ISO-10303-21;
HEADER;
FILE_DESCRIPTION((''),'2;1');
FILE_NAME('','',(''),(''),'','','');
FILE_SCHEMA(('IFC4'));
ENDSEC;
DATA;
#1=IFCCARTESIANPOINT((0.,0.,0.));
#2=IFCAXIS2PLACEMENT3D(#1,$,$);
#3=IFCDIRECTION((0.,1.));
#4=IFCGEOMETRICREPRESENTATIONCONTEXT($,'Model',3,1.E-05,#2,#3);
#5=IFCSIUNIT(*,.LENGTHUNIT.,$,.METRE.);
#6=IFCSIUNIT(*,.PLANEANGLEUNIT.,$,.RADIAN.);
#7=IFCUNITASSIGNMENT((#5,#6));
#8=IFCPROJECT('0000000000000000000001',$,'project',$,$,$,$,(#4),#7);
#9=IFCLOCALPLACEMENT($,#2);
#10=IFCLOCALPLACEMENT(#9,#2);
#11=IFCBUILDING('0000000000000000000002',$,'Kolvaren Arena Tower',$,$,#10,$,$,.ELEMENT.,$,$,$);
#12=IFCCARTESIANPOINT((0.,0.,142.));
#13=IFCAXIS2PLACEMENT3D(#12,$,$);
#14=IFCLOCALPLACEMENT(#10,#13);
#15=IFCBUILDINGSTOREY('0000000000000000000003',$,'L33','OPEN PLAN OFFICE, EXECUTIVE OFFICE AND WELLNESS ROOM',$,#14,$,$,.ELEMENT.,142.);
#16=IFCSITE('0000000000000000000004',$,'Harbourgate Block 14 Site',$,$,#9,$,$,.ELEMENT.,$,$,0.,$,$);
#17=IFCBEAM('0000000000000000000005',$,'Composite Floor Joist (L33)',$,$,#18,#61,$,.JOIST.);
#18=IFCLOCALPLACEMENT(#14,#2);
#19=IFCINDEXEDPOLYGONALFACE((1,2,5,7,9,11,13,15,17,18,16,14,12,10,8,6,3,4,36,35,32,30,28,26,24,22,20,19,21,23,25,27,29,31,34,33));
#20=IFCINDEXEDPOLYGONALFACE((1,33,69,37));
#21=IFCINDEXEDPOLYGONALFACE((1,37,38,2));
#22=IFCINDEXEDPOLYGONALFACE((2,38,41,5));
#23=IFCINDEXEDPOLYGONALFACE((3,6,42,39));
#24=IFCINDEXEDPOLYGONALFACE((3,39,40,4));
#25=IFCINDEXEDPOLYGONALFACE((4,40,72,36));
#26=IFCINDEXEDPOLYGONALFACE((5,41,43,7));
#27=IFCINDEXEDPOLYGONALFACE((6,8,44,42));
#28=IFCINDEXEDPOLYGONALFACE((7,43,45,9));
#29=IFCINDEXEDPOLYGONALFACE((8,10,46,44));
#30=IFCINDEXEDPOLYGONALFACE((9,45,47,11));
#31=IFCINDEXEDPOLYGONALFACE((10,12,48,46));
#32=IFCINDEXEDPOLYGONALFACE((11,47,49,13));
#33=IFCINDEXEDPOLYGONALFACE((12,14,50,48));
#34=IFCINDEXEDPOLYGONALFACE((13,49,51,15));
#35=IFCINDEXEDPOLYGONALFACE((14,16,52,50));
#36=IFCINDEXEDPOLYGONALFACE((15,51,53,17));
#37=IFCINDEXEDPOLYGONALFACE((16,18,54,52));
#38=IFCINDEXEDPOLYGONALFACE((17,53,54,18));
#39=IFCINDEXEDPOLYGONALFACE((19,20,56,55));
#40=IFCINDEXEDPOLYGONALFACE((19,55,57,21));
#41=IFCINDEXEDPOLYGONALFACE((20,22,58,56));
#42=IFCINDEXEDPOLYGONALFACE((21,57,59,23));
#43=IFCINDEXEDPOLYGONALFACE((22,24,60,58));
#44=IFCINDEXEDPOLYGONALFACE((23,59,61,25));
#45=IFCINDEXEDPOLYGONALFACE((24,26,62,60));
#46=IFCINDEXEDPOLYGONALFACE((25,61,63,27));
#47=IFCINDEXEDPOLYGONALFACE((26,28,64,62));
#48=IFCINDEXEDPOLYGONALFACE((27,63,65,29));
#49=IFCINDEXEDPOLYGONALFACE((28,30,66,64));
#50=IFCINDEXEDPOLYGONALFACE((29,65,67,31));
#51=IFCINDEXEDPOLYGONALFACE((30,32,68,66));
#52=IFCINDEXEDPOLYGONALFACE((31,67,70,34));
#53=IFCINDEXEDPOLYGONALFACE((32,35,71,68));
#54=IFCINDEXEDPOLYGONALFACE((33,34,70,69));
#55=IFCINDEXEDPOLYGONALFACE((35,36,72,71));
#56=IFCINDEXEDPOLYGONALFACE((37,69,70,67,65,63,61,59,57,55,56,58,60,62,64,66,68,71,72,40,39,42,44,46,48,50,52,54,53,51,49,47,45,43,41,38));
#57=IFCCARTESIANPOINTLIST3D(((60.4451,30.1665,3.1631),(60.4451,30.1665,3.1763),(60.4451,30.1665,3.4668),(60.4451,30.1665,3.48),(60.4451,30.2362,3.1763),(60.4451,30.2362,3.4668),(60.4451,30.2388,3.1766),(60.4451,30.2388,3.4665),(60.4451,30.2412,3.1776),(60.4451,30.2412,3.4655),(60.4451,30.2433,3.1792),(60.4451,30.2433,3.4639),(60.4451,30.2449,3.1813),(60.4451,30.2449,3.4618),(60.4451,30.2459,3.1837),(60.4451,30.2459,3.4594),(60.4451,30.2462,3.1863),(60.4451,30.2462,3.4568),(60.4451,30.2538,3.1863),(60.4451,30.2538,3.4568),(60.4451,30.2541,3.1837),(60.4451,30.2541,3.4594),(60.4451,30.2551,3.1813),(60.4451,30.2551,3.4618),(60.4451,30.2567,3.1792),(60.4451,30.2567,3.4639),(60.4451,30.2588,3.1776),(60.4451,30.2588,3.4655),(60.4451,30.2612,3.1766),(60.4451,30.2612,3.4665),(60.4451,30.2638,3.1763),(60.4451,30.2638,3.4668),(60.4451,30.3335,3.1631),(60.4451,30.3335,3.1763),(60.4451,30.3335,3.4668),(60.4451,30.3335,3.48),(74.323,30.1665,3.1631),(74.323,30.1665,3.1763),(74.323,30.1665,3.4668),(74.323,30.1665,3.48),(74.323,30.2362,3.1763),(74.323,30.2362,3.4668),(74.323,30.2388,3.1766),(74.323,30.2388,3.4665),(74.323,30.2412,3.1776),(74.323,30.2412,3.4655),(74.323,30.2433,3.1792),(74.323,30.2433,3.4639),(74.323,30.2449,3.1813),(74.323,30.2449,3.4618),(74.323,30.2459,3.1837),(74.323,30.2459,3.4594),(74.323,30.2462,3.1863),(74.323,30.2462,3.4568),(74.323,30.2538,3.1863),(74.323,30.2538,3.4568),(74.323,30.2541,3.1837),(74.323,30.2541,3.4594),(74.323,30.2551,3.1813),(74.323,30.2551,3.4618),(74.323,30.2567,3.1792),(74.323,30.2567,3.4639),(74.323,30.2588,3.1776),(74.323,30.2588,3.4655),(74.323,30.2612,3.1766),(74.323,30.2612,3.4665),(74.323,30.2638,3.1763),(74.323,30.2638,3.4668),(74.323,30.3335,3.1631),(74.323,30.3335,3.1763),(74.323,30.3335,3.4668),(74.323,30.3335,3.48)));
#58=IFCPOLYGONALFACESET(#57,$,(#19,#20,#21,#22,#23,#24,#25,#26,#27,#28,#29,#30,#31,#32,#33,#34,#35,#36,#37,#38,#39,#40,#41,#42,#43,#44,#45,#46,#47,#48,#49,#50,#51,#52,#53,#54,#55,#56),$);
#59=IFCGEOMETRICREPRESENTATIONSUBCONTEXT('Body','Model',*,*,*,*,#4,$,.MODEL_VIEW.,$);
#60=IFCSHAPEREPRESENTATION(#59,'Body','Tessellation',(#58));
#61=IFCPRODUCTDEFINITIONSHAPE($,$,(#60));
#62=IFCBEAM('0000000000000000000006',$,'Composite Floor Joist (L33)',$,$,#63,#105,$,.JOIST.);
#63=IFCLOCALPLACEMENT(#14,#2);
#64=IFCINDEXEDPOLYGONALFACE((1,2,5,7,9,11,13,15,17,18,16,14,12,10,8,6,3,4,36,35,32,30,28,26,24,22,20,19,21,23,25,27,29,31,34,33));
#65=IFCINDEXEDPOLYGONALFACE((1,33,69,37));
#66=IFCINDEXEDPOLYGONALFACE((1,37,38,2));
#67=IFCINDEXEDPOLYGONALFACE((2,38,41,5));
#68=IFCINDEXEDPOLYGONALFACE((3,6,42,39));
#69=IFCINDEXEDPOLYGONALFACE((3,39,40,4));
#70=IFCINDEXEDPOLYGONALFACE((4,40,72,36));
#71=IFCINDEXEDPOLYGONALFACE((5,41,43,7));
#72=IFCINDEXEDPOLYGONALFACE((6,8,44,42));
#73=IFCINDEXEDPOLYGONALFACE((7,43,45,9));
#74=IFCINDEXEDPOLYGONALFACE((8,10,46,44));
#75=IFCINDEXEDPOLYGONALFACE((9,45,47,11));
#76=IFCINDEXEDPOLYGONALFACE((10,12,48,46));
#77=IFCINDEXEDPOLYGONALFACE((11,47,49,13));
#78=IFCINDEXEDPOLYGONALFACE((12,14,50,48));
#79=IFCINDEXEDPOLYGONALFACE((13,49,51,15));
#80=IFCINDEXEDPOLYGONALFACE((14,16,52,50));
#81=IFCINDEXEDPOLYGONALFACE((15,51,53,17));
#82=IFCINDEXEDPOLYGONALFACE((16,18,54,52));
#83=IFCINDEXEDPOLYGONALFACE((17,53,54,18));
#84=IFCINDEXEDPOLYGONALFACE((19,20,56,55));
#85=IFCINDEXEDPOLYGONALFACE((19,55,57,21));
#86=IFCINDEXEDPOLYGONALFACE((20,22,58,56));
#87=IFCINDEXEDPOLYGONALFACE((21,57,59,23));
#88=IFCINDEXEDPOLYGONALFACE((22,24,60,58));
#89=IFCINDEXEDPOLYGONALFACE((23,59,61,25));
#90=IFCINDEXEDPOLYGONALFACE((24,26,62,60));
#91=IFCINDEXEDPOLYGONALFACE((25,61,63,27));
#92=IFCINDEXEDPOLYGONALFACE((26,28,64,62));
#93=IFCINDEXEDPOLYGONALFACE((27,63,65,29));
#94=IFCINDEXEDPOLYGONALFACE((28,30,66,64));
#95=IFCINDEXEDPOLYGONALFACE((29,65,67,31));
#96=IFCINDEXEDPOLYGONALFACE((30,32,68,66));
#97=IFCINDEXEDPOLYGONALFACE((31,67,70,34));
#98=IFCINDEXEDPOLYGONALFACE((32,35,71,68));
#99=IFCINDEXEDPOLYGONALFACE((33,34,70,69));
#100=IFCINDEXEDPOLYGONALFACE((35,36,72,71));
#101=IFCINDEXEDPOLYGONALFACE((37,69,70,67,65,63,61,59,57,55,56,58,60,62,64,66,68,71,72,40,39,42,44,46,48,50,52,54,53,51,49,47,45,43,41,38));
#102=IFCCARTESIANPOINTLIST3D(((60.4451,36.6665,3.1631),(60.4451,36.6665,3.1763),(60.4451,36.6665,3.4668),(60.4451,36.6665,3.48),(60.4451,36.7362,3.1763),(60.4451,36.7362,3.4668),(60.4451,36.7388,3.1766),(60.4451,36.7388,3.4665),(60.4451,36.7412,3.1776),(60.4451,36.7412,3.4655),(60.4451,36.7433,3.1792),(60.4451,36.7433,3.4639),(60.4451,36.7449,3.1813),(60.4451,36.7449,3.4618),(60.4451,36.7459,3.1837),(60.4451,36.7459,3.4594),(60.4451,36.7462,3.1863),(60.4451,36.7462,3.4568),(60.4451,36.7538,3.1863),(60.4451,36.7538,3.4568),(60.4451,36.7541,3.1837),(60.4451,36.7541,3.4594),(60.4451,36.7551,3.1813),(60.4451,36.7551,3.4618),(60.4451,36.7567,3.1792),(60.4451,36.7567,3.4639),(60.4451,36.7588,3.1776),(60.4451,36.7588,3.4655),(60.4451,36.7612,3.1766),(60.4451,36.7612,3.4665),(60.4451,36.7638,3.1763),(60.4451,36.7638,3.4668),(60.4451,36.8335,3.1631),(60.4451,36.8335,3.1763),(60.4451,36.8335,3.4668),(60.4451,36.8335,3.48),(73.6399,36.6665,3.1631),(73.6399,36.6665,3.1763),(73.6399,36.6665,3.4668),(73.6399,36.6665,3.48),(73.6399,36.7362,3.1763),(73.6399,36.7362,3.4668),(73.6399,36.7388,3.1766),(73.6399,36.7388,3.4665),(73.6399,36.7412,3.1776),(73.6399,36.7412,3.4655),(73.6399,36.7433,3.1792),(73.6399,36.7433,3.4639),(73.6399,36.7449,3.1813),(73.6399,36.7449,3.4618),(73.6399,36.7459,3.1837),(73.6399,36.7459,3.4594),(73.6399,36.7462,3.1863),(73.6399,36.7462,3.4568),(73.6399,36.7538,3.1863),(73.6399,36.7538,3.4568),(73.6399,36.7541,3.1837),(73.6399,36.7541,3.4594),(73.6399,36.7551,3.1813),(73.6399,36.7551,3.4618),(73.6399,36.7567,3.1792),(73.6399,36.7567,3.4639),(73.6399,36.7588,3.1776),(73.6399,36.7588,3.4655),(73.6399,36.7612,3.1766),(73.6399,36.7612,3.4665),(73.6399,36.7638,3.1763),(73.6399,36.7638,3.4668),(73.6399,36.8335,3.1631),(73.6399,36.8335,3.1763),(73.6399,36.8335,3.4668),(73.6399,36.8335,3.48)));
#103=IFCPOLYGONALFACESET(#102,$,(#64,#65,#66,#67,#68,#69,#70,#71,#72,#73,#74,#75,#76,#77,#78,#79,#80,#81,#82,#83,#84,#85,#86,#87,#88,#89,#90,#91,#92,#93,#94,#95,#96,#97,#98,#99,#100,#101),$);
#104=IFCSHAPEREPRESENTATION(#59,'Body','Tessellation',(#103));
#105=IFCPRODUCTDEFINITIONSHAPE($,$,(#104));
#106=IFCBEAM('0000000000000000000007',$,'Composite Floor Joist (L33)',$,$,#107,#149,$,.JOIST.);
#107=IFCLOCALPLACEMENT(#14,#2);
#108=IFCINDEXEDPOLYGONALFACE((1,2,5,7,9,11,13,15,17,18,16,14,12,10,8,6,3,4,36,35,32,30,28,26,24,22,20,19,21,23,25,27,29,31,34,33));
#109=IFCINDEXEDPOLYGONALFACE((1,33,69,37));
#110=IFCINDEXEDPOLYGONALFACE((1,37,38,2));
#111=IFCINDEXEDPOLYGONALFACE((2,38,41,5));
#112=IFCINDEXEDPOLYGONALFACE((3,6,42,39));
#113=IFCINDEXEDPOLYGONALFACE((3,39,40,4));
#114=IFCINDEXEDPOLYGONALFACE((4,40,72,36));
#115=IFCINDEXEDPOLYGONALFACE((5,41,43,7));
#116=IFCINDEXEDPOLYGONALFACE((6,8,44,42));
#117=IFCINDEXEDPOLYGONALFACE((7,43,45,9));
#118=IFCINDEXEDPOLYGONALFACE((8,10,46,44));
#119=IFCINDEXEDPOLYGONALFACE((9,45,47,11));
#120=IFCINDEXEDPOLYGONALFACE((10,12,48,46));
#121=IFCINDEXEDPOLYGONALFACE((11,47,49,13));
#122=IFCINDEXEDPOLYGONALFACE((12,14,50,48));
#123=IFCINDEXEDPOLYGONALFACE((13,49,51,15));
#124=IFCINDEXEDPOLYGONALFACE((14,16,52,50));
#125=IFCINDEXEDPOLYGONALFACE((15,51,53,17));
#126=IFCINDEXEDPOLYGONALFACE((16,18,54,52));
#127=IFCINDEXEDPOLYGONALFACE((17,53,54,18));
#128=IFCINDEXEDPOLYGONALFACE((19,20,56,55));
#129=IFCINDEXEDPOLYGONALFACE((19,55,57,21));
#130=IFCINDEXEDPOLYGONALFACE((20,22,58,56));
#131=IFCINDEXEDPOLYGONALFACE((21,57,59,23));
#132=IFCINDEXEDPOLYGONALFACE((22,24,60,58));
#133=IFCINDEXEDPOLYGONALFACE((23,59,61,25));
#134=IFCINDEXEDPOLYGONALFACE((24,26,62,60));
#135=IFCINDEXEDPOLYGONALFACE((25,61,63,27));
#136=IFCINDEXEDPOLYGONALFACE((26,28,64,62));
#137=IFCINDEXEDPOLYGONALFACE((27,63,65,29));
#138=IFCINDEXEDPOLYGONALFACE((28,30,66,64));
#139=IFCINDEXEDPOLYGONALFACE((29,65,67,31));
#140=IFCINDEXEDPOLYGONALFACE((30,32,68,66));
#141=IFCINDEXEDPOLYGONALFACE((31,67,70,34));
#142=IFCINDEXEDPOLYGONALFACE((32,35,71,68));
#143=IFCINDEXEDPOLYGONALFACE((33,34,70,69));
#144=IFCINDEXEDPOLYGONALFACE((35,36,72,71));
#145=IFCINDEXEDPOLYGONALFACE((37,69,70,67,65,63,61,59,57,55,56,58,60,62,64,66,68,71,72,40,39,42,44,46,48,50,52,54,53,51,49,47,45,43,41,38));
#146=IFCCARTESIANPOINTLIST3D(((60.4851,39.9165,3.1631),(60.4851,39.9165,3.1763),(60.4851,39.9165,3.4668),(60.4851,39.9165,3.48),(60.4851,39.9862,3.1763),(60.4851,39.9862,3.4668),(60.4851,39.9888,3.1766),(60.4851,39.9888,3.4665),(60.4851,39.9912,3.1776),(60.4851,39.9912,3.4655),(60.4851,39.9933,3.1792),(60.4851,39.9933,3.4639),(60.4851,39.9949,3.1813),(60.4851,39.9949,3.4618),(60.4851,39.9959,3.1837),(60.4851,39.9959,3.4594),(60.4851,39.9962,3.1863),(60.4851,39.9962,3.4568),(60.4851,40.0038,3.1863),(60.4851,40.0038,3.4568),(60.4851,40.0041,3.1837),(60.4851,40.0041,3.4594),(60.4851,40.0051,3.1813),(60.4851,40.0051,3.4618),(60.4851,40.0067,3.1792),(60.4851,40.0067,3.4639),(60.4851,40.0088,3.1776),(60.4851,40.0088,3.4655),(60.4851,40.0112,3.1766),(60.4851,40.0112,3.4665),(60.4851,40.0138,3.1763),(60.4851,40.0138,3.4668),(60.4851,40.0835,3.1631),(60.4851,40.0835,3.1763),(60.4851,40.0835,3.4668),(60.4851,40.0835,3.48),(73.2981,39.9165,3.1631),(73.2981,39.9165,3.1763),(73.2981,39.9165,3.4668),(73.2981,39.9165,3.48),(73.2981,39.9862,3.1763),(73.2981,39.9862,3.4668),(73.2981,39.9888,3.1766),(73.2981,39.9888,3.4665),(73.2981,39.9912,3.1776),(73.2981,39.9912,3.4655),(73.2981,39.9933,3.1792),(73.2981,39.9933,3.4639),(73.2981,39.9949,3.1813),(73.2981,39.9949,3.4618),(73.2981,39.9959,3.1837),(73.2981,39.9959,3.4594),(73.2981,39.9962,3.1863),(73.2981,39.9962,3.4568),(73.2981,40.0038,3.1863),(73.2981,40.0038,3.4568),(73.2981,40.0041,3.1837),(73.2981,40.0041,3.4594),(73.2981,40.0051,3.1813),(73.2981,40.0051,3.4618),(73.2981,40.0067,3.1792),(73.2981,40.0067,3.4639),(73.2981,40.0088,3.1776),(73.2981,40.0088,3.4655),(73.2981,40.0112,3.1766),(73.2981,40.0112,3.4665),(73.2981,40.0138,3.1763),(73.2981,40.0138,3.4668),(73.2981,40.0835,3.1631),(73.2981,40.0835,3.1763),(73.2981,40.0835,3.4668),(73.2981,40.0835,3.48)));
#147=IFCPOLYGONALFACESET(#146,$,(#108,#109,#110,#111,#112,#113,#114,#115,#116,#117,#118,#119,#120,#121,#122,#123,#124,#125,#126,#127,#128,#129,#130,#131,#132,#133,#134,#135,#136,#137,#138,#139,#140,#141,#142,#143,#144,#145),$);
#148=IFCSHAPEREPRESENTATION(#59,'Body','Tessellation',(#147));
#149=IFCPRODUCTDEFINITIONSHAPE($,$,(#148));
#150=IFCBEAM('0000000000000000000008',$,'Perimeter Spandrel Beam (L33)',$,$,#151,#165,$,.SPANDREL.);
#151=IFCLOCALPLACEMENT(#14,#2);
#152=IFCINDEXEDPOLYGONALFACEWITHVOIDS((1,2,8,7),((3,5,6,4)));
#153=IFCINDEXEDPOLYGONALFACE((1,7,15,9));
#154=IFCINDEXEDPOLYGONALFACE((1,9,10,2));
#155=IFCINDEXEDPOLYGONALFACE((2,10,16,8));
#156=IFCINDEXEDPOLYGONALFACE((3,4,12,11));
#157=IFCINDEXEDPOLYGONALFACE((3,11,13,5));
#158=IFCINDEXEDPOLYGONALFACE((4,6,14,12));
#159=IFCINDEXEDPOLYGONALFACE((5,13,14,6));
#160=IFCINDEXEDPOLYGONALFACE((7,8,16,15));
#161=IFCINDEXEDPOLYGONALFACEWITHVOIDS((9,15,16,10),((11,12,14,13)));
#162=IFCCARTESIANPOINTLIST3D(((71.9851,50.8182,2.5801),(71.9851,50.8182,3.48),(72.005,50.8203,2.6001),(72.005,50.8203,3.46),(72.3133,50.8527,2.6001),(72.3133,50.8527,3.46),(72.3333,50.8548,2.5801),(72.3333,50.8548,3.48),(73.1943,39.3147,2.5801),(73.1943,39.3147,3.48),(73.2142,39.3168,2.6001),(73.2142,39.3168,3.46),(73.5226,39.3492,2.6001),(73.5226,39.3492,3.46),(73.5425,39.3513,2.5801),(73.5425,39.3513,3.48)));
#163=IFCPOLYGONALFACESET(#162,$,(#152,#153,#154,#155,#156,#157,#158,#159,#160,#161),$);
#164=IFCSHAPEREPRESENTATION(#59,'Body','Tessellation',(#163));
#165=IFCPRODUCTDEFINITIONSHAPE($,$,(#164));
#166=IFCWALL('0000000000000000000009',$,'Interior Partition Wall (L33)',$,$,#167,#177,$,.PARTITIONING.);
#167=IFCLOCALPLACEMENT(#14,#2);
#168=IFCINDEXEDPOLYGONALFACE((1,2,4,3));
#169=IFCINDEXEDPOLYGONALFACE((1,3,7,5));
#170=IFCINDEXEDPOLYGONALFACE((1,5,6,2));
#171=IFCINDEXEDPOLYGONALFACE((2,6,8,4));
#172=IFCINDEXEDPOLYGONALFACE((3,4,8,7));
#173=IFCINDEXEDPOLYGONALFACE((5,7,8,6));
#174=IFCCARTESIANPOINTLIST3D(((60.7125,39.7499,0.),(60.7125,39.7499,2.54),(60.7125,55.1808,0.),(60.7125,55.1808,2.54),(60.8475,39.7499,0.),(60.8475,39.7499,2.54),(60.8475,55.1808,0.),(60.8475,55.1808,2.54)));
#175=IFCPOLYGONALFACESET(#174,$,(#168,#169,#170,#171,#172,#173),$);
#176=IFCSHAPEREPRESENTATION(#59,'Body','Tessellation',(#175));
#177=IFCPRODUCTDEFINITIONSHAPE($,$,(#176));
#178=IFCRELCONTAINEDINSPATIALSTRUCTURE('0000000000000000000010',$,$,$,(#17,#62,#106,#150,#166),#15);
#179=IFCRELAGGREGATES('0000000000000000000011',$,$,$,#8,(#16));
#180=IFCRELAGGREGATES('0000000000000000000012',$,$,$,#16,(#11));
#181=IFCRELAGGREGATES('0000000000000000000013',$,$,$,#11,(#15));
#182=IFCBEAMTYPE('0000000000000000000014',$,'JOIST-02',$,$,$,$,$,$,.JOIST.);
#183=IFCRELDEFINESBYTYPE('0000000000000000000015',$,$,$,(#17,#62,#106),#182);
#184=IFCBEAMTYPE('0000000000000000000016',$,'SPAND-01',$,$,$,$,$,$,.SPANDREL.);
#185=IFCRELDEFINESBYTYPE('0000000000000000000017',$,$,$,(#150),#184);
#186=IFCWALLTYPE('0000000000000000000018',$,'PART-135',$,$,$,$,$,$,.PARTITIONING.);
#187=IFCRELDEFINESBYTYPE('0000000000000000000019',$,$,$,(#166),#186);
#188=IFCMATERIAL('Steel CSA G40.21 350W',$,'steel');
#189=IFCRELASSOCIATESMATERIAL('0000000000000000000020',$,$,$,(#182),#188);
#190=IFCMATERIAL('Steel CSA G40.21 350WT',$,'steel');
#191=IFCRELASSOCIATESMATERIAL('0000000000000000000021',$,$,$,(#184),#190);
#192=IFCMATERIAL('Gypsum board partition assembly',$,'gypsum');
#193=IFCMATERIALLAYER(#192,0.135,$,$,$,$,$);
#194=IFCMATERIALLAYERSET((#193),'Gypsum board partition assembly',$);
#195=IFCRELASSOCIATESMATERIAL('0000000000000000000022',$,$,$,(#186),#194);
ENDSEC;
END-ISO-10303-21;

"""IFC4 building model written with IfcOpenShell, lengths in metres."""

from ifc_helpers import new_model, si_unit, direction, frame, frame_2d, origin, origin_2d, place, context, subcontext, project, spatial, rectangle, hollow_rectangle, i_section, extrude, material, layer, layer_set, material_profile, profile_set, type_object, element, save


model = new_model("IFC4")

# Units and contexts
model_context = context("Model", 3, precision=1e-05, world=origin(), true_north=direction((0.0, 1.0)))
body_context = subcontext(model_context, "Body", "Model", "MODEL_VIEW")
ifc_project = project(units=[si_unit("LENGTHUNIT", "METRE"), si_unit("PLANEANGLEUNIT", "RADIAN")], contexts=[model_context])

# Site, building, storey
site_placement = place(None, origin())
site = spatial("IfcSite", under=ifc_project, at=site_placement, Name="Harbourgate Block 14 Site", CompositionType="ELEMENT", RefElevation=0.0)
building_placement = place(site_placement, origin())
building = spatial("IfcBuilding", under=site, at=building_placement, Name="Kolvaren Arena Tower", CompositionType="ELEMENT")
storey_placement = place(building_placement, frame((0.0, 0.0, 142.0)))
storey = spatial("IfcBuildingStorey", under=building, at=storey_placement, Name="L33", Description="OPEN PLAN OFFICE, EXECUTIVE OFFICE AND WELLNESS ROOM", CompositionType="ELEMENT", Elevation=142.0)

# Beams
ifc_material_1 = material(Name="Steel CSA G40.21 350W", Category="steel")
ifc_material_profile_1 = material_profile(ifc_material_1, i_section(OverallWidth=0.167, OverallDepth=0.3169, WebThickness=0.0076, FlangeThickness=0.0132, FilletRadius=0.01, at=origin_2d()), Name="W310x52")
ifc_profile_set_1 = profile_set([ifc_material_profile_1], Name="Steel CSA G40.21 350W")
beam_type_1 = type_object("IfcBeamType", Name="JOIST-02", PredefinedType="JOIST", material=ifc_profile_set_1)
beam_1_placement = place(storey_placement, frame((60.4451, 30.25, 3.3215), z_axis=(1.0, 0.0, 0.0), x_axis=(0.0, 1.0, 0.0)))
element("IfcBeam", 1, at=beam_1_placement, inside=storey, type_object=beam_type_1, Name="Composite Floor Joist (L33)", PredefinedType="JOIST", context=body_context, shape_type="SweptSolid", body=[
    extrude(i_section(OverallWidth=0.167, OverallDepth=0.3169, WebThickness=0.0076, FlangeThickness=0.0132, FilletRadius=0.01, at=origin_2d()), origin(), (0.0, 0.0, 1.0), 13.8779),
])
beam_2_placement = place(storey_placement, frame((60.4451, 36.75, 3.3215), z_axis=(1.0, 0.0, 0.0), x_axis=(0.0, 1.0, 0.0)))
element("IfcBeam", 2, at=beam_2_placement, inside=storey, type_object=beam_type_1, Name="Composite Floor Joist (L33)", PredefinedType="JOIST", context=body_context, shape_type="SweptSolid", body=[
    extrude(i_section(OverallWidth=0.167, OverallDepth=0.3169, WebThickness=0.0076, FlangeThickness=0.0132, FilletRadius=0.01, at=origin_2d()), origin(), (0.0, 0.0, 1.0), 13.1948),
])
beam_3_placement = place(storey_placement, frame((60.4851, 40.0, 3.3215), z_axis=(1.0, 0.0, 0.0), x_axis=(0.0, 1.0, 0.0)))
element("IfcBeam", 3, at=beam_3_placement, inside=storey, type_object=beam_type_1, Name="Composite Floor Joist (L33)", PredefinedType="JOIST", context=body_context, shape_type="SweptSolid", body=[
    extrude(i_section(OverallWidth=0.167, OverallDepth=0.3169, WebThickness=0.0076, FlangeThickness=0.0132, FilletRadius=0.01, at=origin_2d()), origin(), (0.0, 0.0, 1.0), 12.813),
])
ifc_material_2 = material(Name="Steel CSA G40.21 350WT", Category="steel")
ifc_material_profile_2 = material_profile(ifc_material_2, hollow_rectangle(XDim=0.3501, YDim=0.8999, WallThickness=0.02, at=origin_2d()), Name="HSS 900x350x20")
ifc_profile_set_2 = profile_set([ifc_material_profile_2], Name="Steel CSA G40.21 350WT")
beam_type_2 = type_object("IfcBeamType", Name="SPAND-01", PredefinedType="SPANDREL", material=ifc_profile_set_2)
beam_4_placement = place(storey_placement, frame((73.3684, 39.333, 3.03), z_axis=(-0.104543, 0.99452, 0.0), x_axis=(-0.99452, -0.104543, 0.0)))
element("IfcBeam", 4, at=beam_4_placement, inside=storey, type_object=beam_type_2, Name="Perimeter Spandrel Beam (L33)", PredefinedType="SPANDREL", context=body_context, shape_type="SweptSolid", body=[
    extrude(hollow_rectangle(XDim=0.3501, YDim=0.8999, WallThickness=0.02, at=origin_2d()), origin(), (0.0, 0.0, 1.0), 11.5669),
])

# Wall
ifc_material_3 = material(Name="Gypsum board partition assembly", Category="gypsum")
ifc_layer_1 = layer(ifc_material_3, 0.135)
ifc_layer_set_1 = layer_set([ifc_layer_1], Name="Gypsum board partition assembly")
wall_type_1 = type_object("IfcWallType", Name="PART-135", PredefinedType="PARTITIONING", material=ifc_layer_set_1)
wall_1_placement = place(storey_placement, frame((60.78, 39.75, 0.0), z_axis=(0.0, 0.0, 1.0), x_axis=(0.0, 1.0, 0.0)))
element("IfcWall", 5, at=wall_1_placement, inside=storey, type_object=wall_type_1, Name="Interior Partition Wall (L33)", PredefinedType="PARTITIONING", context=body_context, shape_type="SweptSolid", body=[
    extrude(rectangle(XDim=15.4309, YDim=0.135, at=frame_2d((7.7153, 0.0))), origin(), (0.0, 0.0, 1.0), 2.54),
])

save(model, "model.ifc")
